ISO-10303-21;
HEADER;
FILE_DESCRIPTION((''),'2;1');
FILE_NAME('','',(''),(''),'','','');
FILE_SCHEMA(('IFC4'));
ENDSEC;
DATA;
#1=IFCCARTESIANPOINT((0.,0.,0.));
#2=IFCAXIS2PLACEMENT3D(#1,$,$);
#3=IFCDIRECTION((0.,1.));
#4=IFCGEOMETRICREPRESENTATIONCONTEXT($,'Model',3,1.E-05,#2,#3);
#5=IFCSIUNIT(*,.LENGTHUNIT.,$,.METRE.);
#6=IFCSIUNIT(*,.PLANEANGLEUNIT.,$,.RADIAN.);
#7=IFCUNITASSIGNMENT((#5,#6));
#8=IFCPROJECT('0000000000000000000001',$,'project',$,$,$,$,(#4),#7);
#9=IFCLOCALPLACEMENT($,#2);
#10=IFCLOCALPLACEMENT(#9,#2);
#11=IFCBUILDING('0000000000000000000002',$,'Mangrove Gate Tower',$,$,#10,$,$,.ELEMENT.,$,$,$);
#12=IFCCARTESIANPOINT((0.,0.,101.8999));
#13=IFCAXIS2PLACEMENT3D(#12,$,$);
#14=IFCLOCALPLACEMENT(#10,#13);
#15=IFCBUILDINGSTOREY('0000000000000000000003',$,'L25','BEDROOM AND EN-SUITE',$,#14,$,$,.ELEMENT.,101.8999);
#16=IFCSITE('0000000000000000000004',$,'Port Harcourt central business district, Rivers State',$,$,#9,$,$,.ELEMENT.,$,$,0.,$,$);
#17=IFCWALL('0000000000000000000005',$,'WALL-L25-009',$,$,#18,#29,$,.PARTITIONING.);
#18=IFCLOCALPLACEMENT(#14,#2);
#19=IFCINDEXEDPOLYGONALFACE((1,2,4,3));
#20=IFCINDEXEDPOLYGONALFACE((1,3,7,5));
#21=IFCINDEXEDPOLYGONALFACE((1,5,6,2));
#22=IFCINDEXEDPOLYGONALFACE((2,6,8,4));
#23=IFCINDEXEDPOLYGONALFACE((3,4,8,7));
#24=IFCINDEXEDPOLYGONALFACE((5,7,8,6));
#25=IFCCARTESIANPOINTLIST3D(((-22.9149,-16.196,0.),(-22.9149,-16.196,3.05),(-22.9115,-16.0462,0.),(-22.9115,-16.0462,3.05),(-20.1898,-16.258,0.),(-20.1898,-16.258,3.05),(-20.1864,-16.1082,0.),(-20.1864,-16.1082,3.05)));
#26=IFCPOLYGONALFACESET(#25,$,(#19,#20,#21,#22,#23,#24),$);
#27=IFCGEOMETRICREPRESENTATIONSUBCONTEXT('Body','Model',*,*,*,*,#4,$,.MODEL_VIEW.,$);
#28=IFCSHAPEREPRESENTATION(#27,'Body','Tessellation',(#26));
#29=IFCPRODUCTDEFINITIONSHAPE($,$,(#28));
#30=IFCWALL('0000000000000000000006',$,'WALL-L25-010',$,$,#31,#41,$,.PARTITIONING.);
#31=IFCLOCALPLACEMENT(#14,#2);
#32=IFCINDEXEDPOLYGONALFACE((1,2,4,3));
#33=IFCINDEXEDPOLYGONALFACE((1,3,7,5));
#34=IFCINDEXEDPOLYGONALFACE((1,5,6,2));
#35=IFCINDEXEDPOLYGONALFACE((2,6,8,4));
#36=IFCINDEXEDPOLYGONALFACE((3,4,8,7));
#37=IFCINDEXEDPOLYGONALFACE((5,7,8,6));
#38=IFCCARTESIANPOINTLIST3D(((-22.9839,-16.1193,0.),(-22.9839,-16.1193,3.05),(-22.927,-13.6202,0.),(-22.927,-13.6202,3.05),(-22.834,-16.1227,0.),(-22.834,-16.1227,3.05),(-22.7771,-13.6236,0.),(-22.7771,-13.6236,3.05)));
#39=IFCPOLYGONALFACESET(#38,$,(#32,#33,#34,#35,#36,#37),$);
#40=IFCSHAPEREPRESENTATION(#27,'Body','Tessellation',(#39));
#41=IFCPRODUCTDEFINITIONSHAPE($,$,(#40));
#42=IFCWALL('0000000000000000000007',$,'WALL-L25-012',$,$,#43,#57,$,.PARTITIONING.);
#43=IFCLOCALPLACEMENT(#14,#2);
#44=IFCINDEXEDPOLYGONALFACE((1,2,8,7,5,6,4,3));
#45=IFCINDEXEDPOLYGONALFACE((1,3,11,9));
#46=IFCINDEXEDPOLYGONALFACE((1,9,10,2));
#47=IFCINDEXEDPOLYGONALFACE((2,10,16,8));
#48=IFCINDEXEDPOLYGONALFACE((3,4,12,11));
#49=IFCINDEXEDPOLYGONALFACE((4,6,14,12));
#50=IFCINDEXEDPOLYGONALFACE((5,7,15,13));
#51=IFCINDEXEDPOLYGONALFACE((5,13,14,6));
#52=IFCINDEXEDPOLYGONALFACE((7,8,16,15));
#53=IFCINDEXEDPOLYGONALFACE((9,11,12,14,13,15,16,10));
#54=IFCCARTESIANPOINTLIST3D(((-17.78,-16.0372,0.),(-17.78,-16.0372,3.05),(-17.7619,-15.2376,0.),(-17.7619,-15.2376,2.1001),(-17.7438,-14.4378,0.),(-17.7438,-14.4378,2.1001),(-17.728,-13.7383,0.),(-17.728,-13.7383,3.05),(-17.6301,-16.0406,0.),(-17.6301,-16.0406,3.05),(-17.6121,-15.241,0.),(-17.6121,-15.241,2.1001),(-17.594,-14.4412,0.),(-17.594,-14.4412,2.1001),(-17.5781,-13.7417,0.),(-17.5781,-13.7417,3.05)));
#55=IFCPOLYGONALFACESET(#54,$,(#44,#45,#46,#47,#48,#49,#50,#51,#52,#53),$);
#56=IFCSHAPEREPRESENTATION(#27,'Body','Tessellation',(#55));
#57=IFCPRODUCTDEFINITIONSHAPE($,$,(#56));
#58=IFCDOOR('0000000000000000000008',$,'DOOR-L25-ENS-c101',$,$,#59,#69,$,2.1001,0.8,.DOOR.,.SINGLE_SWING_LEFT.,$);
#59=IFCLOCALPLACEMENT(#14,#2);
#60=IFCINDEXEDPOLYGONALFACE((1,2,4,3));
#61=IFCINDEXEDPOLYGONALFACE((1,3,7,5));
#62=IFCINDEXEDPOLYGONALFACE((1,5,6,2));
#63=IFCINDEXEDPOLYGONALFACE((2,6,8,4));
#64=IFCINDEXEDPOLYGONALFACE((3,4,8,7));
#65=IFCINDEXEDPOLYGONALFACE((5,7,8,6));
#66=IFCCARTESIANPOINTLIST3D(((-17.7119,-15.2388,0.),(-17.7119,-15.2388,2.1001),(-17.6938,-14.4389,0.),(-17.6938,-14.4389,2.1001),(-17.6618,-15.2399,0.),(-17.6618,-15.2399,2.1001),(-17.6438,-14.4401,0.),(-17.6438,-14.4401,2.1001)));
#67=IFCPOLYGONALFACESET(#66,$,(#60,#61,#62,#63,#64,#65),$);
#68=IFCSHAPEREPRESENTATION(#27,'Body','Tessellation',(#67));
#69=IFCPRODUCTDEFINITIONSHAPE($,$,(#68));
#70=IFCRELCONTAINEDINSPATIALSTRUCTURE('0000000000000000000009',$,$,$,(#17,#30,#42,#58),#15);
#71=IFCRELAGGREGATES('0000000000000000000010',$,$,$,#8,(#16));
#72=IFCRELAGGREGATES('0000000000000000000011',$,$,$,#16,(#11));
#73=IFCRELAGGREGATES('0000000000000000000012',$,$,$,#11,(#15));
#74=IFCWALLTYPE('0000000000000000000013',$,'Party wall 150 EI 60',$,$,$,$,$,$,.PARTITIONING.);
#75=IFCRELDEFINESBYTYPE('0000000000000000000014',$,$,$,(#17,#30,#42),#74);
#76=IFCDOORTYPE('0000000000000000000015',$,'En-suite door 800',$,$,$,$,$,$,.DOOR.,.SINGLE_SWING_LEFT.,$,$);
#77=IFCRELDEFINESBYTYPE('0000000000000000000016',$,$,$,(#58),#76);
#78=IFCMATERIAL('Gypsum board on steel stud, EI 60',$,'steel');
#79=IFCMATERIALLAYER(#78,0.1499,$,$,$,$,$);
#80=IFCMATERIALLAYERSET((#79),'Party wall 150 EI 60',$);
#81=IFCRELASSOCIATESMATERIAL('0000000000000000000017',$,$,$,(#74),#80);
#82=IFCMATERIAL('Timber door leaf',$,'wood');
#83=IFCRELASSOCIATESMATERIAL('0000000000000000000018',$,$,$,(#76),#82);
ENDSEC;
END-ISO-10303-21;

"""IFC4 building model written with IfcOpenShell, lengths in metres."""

from ifc_helpers import new_model, si_unit, direction, frame, frame_2d, origin, place, context, subcontext, project, spatial, rectangle, extrude, material, layer, layer_set, type_object, element, fill, save


model = new_model("IFC4")

# Units and contexts
model_context = context("Model", 3, precision=1e-05, world=origin(), true_north=direction((0.0, 1.0)))
body_context = subcontext(model_context, "Body", "Model", "MODEL_VIEW")
ifc_project = project(units=[si_unit("LENGTHUNIT", "METRE"), si_unit("PLANEANGLEUNIT", "RADIAN")], contexts=[model_context])

# Site, building, storey
site_placement = place(None, origin())
site = spatial("IfcSite", under=ifc_project, at=site_placement, Name="Port Harcourt central business district, Rivers State", CompositionType="ELEMENT", RefElevation=0.0)
building_placement = place(site_placement, origin())
building = spatial("IfcBuilding", under=site, at=building_placement, Name="Mangrove Gate Tower", CompositionType="ELEMENT")
storey_placement = place(building_placement, frame((0.0, 0.0, 101.8999)))
storey = spatial("IfcBuildingStorey", under=building, at=storey_placement, Name="L25", Description="BEDROOM AND EN-SUITE", CompositionType="ELEMENT", Elevation=101.8999)

# Walls
ifc_material_1 = material(Name="Gypsum board on steel stud, EI 60", Category="steel")
ifc_layer_1 = layer(ifc_material_1, 0.1499)
ifc_layer_set_1 = layer_set([ifc_layer_1], Name="Party wall 150 EI 60")
wall_type_1 = type_object("IfcWallType", Name="Party wall 150 EI 60", PredefinedType="PARTITIONING", material=ifc_layer_set_1)
wall_1_placement = place(storey_placement, frame((-22.9131, -16.1211, 0.0), z_axis=(0.0, 0.0, 1.0), x_axis=(0.999741, -0.02275, 0.0)))
element("IfcWall", 1, at=wall_1_placement, inside=storey, type_object=wall_type_1, Name="WALL-L25-009", PredefinedType="PARTITIONING", context=body_context, shape_type="SweptSolid", body=[
    extrude(rectangle(XDim=2.7258, YDim=0.1499, at=frame_2d((1.3628, 0.0))), origin(), (0.0, 0.0, 1.0), 3.05),
])
wall_2_placement = place(storey_placement, frame((-22.9089, -16.1211, 0.0), z_axis=(0.0, 0.0, 1.0), x_axis=(0.022757, 0.999741, 0.0)))
element("IfcWall", 2, at=wall_2_placement, inside=storey, type_object=wall_type_1, Name="WALL-L25-010", PredefinedType="PARTITIONING", context=body_context, shape_type="SweptSolid", body=[
    extrude(rectangle(XDim=2.4998, YDim=0.1499, at=frame_2d((1.25, 0.0))), origin(), (0.0, 0.0, 1.0), 3.05),
])

# Wall, opening, door
wall_3_placement = place(storey_placement, frame((-17.7051, -16.0391, 0.0), z_axis=(0.0, 0.0, 1.0), x_axis=(0.022613, 0.999744, 0.0)))
wall_3 = element("IfcWall", 3, at=wall_3_placement, inside=storey, type_object=wall_type_1, Name="WALL-L25-012", PredefinedType="PARTITIONING", context=body_context, shape_type="SweptSolid", body=[
    extrude(rectangle(XDim=2.2996, YDim=0.1499, at=frame_2d((1.1499, 0.0))), origin(), (0.0, 0.0, 1.0), 3.05),
])
opening_1_placement = place(wall_3_placement, frame((0.8, 0.0, 0.0)))
opening_1 = element("IfcOpeningElement", 4, at=opening_1_placement, cuts=wall_3, PredefinedType="OPENING", context=body_context, shape_type="SweptSolid", body=[
    extrude(rectangle(XDim=0.8, YDim=2.1001, at=frame_2d((0.3999, 1.05))), frame((0.0, 0.085, 0.0), z_axis=(0.0, -1.0, 0.0), x_axis=(1.0, 0.0, 0.0)), (0.0, 0.0, 1.0), 0.1699),
])
ifc_material_2 = material(Name="Timber door leaf", Category="wood")
door_type_1 = type_object("IfcDoorType", Name="En-suite door 800", OperationType="SINGLE_SWING_LEFT", PredefinedType="DOOR", material=ifc_material_2)
door_1_placement = place(opening_1_placement, origin())
door_1 = element("IfcDoor", 5, at=door_1_placement, inside=storey, type_object=door_type_1, Name="DOOR-L25-ENS-c101", OperationType="SINGLE_SWING_LEFT", OverallHeight=2.1001, OverallWidth=0.8, PredefinedType="DOOR", context=body_context, shape_type="SweptSolid", body=[
    extrude(rectangle(XDim=0.8, YDim=2.1001, at=frame_2d((0.3999, 1.05))), frame((0.0, 0.0249, 0.0), z_axis=(0.0, -1.0, 0.0), x_axis=(1.0, 0.0, 0.0)), (0.0, 0.0, 1.0), 0.05),
])
fill(opening_1, door_1)

save(model, "model.ifc")
